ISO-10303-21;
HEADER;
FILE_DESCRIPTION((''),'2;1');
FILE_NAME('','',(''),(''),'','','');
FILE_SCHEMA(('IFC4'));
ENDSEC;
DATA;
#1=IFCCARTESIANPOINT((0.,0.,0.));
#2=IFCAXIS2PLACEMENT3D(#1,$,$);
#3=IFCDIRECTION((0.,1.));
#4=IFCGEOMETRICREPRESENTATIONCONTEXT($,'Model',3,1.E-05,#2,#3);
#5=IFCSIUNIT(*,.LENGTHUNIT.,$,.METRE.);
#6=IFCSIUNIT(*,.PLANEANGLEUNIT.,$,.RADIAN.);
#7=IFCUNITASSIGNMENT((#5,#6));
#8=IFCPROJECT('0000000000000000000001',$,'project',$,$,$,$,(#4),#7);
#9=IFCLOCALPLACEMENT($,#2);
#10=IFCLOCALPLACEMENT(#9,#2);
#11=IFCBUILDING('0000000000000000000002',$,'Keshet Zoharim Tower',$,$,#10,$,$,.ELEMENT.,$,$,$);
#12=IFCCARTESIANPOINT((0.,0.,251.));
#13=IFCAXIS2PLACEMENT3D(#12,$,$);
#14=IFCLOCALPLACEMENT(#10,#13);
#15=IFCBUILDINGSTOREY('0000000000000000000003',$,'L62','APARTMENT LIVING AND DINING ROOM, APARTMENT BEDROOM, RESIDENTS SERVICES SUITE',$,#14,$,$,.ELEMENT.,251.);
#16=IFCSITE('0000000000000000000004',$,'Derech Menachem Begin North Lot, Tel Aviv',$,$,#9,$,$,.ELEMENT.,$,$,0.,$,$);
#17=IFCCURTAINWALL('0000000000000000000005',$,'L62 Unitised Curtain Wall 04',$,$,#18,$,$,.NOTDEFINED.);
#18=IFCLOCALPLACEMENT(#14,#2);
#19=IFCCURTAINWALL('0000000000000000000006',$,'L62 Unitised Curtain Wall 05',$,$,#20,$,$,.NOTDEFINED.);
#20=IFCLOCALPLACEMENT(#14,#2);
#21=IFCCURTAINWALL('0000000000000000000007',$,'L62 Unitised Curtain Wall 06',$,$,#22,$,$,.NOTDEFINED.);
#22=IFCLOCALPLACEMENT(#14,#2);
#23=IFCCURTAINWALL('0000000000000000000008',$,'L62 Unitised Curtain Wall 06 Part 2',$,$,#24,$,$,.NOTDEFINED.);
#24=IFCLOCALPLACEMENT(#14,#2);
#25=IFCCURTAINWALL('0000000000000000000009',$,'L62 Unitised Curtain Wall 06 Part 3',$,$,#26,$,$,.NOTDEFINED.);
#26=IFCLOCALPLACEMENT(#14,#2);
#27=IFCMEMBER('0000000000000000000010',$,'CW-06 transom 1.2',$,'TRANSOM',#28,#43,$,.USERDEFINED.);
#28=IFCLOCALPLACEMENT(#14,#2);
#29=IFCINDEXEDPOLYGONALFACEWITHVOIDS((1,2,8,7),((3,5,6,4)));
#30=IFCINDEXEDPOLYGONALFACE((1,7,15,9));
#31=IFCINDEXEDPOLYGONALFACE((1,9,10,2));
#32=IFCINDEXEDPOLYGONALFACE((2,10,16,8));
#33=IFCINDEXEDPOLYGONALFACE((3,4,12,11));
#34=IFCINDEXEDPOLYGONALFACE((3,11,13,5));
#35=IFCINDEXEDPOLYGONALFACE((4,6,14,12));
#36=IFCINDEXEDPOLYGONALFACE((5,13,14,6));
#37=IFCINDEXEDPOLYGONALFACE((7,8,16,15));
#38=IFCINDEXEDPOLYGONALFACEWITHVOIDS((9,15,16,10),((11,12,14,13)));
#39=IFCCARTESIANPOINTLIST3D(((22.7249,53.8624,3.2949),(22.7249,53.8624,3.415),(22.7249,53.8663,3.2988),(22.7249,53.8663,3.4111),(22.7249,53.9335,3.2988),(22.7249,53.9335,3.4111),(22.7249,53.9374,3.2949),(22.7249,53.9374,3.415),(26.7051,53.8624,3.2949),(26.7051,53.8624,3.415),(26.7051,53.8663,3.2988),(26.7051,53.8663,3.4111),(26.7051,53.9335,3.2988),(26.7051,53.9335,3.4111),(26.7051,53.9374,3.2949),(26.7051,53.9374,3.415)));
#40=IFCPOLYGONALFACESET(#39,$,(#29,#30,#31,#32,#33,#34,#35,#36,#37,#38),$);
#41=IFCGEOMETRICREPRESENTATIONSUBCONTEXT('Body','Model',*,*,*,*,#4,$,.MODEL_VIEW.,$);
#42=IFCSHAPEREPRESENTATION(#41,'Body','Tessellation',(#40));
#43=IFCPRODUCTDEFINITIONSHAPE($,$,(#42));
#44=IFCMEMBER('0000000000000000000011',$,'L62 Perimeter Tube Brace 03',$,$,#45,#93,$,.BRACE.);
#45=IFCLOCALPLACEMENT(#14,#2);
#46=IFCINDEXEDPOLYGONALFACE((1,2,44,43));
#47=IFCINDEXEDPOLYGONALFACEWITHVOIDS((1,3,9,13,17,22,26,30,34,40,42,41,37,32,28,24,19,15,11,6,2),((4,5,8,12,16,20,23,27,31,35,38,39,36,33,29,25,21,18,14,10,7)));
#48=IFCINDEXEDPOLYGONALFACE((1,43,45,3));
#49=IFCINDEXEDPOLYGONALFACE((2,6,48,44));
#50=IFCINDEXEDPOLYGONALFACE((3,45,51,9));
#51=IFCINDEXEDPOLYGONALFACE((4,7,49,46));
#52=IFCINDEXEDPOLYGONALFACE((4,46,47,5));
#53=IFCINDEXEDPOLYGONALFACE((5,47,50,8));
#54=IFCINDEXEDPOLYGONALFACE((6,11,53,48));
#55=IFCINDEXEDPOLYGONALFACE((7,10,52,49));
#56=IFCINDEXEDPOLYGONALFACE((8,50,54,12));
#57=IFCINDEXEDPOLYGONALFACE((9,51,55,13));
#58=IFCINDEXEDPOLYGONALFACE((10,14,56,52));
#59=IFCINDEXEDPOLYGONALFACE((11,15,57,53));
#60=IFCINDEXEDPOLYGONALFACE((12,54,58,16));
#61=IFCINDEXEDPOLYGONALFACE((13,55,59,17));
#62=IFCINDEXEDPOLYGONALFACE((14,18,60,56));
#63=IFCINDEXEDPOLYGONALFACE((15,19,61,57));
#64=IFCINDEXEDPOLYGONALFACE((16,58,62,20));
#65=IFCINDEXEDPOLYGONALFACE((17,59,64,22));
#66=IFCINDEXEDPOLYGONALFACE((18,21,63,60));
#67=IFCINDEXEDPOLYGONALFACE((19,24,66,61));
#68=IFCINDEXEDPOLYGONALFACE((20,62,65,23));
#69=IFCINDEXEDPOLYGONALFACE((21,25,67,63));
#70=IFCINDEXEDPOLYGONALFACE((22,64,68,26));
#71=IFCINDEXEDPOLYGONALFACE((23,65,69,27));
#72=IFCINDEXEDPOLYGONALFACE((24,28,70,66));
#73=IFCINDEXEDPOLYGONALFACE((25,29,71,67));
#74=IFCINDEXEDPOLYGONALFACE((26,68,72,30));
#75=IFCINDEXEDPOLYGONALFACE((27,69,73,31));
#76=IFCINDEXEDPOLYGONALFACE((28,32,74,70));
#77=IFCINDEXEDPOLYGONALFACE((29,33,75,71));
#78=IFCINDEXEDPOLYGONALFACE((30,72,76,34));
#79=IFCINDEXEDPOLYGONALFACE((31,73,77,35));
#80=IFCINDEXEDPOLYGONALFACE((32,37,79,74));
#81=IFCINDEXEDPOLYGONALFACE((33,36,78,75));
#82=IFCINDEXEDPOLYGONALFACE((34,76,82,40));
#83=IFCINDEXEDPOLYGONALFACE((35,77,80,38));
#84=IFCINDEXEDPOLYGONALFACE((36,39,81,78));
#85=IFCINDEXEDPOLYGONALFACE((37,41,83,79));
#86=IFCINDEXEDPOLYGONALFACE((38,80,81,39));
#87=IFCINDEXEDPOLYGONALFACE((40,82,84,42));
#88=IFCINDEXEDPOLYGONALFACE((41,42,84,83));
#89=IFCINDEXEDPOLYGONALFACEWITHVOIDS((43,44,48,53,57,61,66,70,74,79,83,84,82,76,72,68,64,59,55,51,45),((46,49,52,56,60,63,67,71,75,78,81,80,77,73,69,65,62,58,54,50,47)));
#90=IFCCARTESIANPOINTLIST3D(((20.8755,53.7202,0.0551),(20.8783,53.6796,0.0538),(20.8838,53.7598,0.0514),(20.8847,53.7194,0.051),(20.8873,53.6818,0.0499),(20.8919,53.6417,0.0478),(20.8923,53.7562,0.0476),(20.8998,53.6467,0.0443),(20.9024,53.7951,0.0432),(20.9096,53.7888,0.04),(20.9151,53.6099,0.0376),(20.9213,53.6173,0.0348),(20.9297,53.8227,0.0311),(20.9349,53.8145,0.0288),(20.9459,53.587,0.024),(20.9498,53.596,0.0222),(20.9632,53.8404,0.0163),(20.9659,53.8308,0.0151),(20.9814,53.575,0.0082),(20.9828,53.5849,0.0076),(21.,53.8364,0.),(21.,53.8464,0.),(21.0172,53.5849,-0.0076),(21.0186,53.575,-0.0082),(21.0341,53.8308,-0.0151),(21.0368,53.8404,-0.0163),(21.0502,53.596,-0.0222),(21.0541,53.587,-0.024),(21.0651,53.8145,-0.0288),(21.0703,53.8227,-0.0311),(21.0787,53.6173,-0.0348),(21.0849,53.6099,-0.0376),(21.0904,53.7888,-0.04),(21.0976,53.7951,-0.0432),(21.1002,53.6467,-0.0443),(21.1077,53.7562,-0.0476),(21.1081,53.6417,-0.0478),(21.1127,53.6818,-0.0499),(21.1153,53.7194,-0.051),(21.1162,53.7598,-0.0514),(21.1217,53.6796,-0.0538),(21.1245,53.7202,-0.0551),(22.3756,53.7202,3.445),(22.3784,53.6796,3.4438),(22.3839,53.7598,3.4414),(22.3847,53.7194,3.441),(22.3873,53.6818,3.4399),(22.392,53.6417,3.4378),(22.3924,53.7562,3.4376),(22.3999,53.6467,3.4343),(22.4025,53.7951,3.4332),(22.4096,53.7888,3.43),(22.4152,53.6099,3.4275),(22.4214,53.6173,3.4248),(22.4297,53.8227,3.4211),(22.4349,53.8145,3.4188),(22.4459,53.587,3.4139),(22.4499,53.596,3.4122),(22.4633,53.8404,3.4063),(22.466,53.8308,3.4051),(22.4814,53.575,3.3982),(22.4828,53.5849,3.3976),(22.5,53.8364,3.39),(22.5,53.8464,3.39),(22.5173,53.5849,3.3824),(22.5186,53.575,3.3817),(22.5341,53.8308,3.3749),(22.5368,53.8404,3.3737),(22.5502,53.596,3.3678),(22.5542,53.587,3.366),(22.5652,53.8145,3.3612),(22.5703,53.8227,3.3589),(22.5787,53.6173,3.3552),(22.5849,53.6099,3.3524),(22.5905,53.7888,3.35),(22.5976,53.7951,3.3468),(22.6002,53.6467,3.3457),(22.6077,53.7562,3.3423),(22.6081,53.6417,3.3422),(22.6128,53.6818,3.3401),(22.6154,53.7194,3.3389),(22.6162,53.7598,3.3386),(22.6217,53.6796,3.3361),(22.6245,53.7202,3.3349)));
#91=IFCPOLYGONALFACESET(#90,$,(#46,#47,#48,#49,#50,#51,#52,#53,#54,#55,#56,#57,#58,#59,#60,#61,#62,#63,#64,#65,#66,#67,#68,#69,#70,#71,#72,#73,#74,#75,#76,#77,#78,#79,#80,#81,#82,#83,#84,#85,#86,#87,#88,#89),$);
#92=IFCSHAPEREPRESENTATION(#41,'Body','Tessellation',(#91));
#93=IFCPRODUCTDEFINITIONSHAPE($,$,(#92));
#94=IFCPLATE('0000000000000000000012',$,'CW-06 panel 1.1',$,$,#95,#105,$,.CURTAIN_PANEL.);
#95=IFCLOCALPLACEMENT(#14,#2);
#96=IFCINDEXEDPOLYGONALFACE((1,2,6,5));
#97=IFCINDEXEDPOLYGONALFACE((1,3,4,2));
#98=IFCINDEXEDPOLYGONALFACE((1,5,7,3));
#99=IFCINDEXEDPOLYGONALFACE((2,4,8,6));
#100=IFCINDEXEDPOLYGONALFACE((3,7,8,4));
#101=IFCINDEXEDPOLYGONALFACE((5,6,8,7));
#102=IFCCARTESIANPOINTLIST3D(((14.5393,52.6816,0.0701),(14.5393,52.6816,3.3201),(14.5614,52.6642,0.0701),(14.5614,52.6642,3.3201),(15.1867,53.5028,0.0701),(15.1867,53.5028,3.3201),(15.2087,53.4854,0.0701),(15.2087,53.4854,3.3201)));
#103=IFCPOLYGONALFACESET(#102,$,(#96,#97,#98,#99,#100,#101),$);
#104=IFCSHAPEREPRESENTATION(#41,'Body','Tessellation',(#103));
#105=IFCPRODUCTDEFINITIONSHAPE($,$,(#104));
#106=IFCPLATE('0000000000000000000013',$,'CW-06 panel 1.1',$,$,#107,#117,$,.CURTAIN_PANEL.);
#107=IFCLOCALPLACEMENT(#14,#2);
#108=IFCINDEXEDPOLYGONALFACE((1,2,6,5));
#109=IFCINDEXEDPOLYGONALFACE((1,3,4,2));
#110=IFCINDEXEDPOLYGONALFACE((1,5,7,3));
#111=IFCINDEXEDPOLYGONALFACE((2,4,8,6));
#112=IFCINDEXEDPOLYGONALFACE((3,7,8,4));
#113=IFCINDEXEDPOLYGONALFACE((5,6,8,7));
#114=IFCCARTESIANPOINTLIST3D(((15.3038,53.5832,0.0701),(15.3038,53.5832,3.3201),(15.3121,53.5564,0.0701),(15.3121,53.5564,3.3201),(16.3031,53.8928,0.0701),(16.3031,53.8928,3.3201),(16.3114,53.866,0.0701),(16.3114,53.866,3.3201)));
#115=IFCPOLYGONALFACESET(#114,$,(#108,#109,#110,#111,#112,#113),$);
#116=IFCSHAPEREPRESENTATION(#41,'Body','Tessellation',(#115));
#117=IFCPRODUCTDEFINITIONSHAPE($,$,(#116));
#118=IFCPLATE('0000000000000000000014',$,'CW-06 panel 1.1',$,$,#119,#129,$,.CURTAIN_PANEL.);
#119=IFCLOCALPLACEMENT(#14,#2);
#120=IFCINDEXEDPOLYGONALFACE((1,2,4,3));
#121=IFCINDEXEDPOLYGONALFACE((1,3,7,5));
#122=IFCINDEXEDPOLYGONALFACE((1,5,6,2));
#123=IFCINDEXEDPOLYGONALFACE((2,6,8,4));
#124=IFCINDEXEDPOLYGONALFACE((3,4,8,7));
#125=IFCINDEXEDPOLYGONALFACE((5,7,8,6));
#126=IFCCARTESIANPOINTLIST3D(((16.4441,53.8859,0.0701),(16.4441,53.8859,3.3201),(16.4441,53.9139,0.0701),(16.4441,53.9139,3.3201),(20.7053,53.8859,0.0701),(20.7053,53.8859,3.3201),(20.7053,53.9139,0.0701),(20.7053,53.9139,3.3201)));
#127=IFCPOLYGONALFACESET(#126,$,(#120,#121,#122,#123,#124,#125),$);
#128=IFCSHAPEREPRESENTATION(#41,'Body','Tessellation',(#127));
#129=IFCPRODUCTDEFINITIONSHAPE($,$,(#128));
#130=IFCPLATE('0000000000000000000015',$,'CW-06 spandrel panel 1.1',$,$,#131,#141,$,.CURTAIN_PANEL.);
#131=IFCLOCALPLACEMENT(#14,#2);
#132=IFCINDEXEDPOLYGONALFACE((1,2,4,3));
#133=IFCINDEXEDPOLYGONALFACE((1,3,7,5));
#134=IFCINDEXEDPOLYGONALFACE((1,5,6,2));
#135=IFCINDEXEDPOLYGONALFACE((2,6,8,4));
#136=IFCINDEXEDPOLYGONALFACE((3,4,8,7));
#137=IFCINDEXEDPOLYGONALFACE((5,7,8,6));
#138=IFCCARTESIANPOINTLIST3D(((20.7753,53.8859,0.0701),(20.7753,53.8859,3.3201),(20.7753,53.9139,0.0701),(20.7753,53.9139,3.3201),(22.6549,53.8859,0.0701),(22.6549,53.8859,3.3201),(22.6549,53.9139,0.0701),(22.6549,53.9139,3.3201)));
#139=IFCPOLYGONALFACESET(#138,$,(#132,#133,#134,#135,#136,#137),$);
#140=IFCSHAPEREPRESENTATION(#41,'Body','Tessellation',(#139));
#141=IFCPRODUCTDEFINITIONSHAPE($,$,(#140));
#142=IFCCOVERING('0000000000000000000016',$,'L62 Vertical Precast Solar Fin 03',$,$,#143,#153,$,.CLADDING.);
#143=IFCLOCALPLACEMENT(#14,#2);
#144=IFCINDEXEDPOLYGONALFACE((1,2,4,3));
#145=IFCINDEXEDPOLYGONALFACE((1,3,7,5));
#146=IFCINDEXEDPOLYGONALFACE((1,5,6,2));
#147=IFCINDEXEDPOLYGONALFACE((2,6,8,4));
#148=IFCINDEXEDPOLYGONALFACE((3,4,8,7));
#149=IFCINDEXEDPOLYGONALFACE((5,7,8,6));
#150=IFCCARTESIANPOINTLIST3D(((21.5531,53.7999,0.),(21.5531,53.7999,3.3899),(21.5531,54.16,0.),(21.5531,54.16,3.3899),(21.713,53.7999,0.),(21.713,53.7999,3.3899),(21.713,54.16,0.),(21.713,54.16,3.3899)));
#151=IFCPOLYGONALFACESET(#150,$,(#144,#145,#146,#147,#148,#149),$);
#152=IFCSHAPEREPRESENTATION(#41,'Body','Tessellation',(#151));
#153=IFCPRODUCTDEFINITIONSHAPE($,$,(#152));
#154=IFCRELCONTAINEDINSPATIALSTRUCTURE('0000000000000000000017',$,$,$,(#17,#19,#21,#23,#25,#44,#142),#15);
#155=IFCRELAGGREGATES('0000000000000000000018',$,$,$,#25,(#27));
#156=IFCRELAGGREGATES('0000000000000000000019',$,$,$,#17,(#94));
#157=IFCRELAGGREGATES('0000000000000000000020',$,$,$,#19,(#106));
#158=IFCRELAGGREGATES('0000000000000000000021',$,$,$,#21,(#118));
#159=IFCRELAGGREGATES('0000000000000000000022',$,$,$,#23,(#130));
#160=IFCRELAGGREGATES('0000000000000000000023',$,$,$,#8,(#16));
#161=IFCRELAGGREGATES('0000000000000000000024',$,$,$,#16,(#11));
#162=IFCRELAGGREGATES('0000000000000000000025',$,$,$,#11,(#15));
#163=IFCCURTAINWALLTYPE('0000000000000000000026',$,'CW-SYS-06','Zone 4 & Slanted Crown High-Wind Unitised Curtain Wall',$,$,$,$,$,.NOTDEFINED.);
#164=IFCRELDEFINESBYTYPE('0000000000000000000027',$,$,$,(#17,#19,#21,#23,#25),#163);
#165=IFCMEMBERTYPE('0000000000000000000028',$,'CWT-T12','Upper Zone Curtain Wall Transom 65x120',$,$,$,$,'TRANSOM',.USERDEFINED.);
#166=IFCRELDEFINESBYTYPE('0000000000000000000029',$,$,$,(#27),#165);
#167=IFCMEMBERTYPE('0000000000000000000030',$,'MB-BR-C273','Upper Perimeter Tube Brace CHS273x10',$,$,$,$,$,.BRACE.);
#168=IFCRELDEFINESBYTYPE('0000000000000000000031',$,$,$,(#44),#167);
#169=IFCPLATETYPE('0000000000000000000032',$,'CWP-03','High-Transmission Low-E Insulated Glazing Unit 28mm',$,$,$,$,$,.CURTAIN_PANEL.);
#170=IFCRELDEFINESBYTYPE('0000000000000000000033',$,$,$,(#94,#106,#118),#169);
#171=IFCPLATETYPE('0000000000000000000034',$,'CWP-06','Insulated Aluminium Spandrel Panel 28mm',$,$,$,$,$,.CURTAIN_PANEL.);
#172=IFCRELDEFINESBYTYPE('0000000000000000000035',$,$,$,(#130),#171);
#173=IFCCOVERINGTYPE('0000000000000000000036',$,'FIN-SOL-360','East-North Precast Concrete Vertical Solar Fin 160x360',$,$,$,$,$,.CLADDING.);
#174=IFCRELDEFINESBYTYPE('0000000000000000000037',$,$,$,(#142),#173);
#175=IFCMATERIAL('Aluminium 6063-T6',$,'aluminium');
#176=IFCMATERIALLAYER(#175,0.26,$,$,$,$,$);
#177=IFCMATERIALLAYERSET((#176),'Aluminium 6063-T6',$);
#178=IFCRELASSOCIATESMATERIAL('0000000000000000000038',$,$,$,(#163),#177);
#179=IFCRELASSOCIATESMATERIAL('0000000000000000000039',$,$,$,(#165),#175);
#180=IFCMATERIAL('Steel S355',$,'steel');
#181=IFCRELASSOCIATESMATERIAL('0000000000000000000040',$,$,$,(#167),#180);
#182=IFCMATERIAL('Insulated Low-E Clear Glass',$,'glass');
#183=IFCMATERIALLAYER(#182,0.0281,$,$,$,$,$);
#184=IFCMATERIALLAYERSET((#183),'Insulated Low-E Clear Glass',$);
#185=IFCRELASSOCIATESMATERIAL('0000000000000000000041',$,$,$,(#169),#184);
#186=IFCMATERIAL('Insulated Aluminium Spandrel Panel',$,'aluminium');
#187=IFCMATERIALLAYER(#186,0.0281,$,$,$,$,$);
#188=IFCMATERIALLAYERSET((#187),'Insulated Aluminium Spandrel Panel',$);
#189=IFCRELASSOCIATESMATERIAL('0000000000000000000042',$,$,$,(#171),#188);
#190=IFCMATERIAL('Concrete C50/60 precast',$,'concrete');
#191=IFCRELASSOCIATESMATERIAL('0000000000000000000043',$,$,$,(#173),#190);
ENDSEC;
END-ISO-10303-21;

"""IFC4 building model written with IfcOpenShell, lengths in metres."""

from ifc_helpers import new_model, si_unit, direction, frame, origin, origin_2d, place, context, subcontext, project, spatial, rectangle, hollow_rectangle, hollow_circle, extrude, material, layer, layer_set, material_profile, profile_set, type_object, element, aggregate, save


model = new_model("IFC4")

# Units and contexts
model_context = context("Model", 3, precision=1e-05, world=origin(), true_north=direction((0.0, 1.0)))
body_context = subcontext(model_context, "Body", "Model", "MODEL_VIEW")
ifc_project = project(units=[si_unit("LENGTHUNIT", "METRE"), si_unit("PLANEANGLEUNIT", "RADIAN")], contexts=[model_context])

# Site, building, storey
site_placement = place(None, origin())
site = spatial("IfcSite", under=ifc_project, at=site_placement, Name="Derech Menachem Begin North Lot, Tel Aviv", CompositionType="ELEMENT", RefElevation=0.0)
building_placement = place(site_placement, origin())
building = spatial("IfcBuilding", under=site, at=building_placement, Name="Keshet Zoharim Tower", CompositionType="ELEMENT")
storey_placement = place(building_placement, frame((0.0, 0.0, 251.0)))
storey = spatial("IfcBuildingStorey", under=building, at=storey_placement, Name="L62", Description="APARTMENT LIVING AND DINING ROOM, APARTMENT BEDROOM, RESIDENTS SERVICES SUITE", CompositionType="ELEMENT", Elevation=251.0)

# Shared definitions
ifc_material_1 = material(Name="Steel S355", Category="steel")

# Curtain walls
ifc_material_2 = material(Name="Aluminium 6063-T6", Category="aluminium")
ifc_layer_1 = layer(ifc_material_2, 0.26)
ifc_layer_set_1 = layer_set([ifc_layer_1], Name="Aluminium 6063-T6")
curtain_wall_type = type_object("IfcCurtainWallType", Name="CW-SYS-06", Description="Zone 4 & Slanted Crown High-Wind Unitised Curtain Wall", PredefinedType="NOTDEFINED", material=ifc_layer_set_1)
curtain_wall_1_placement = place(storey_placement, origin())
curtain_wall_1 = element("IfcCurtainWall", 1, at=curtain_wall_1_placement, inside=storey, type_object=curtain_wall_type, Name="L62 Unitised Curtain Wall 04", PredefinedType="NOTDEFINED")
curtain_wall_2_placement = place(storey_placement, origin())
curtain_wall_2 = element("IfcCurtainWall", 2, at=curtain_wall_2_placement, inside=storey, type_object=curtain_wall_type, Name="L62 Unitised Curtain Wall 05", PredefinedType="NOTDEFINED")
curtain_wall_3_placement = place(storey_placement, origin())
curtain_wall_3 = element("IfcCurtainWall", 3, at=curtain_wall_3_placement, inside=storey, type_object=curtain_wall_type, Name="L62 Unitised Curtain Wall 06", PredefinedType="NOTDEFINED")

# Curtain wall
curtain_wall_4_placement = place(storey_placement, origin())
curtain_wall_4 = element("IfcCurtainWall", 4, at=curtain_wall_4_placement, inside=storey, type_object=curtain_wall_type, Name="L62 Unitised Curtain Wall 06 Part 2", PredefinedType="NOTDEFINED")

# Shared definitions
ifc_material_profile_1 = material_profile(ifc_material_2, hollow_rectangle(XDim=0.075, YDim=0.1201, WallThickness=0.0039, at=origin_2d()), Name="TRN-75x120")
ifc_profile_set_1 = profile_set([ifc_material_profile_1], Name="Aluminium 6063-T6")
member_type_1 = type_object("IfcMemberType", Name="CWT-T12", Description="Upper Zone Curtain Wall Transom 65x120", ElementType="TRANSOM", PredefinedType="USERDEFINED", material=ifc_profile_set_1)

# Curtain wall, member
curtain_wall_5_placement = place(storey_placement, origin())
curtain_wall_5 = element("IfcCurtainWall", 5, at=curtain_wall_5_placement, inside=storey, type_object=curtain_wall_type, Name="L62 Unitised Curtain Wall 06 Part 3", PredefinedType="NOTDEFINED")
member_1_placement = place(storey_placement, frame((22.7249, 53.8999, 3.355), z_axis=(1.0, 0.0, 0.0), x_axis=(0.0, 1.0, 0.0)))
member_1 = element("IfcMember", 6, at=member_1_placement, type_object=member_type_1, Name="CW-06 transom 1.2", ObjectType="TRANSOM", PredefinedType="USERDEFINED", context=body_context, shape_type="SweptSolid", body=[
    extrude(hollow_rectangle(XDim=0.075, YDim=0.1201, WallThickness=0.0039, at=origin_2d()), origin(), (0.0, 0.0, 1.0), 3.9802),
])
aggregate(curtain_wall_5, [member_1])

# Member
ifc_material_profile_2 = material_profile(ifc_material_1, hollow_circle(Radius=0.1365, WallThickness=0.01, at=origin_2d()), Name="CHS273x10")
ifc_profile_set_2 = profile_set([ifc_material_profile_2], Name="Steel S355")
member_type_2 = type_object("IfcMemberType", Name="MB-BR-C273", Description="Upper Perimeter Tube Brace CHS273x10", PredefinedType="BRACE", material=ifc_profile_set_2)
member_2_placement = place(storey_placement, frame((21.0, 53.71, 0.0), z_axis=(0.404647, 0.0, 0.914473), x_axis=(0.0, 1.0, 0.0)))
element("IfcMember", 7, at=member_2_placement, inside=storey, type_object=member_type_2, Name="L62 Perimeter Tube Brace 03", PredefinedType="BRACE", context=body_context, shape_type="SweptSolid", body=[
    extrude(hollow_circle(Radius=0.1365, WallThickness=0.01, at=origin_2d()), origin(), (0.0, 0.0, 1.0), 3.707),
])

# Plates
ifc_material_3 = material(Name="Insulated Low-E Clear Glass", Category="glass")
ifc_layer_2 = layer(ifc_material_3, 0.0281)
ifc_layer_set_2 = layer_set([ifc_layer_2], Name="Insulated Low-E Clear Glass")
plate_type_1 = type_object("IfcPlateType", Name="CWP-03", Description="High-Transmission Low-E Insulated Glazing Unit 28mm", PredefinedType="CURTAIN_PANEL", material=ifc_layer_set_2)
plate_1_placement = place(storey_placement, frame((14.874, 53.0835, 0.0701), z_axis=(0.0, 0.0, 1.0), x_axis=(0.619125, 0.785293, 0.0)))
plate_1 = element("IfcPlate", 8, at=plate_1_placement, type_object=plate_type_1, Name="CW-06 panel 1.1", PredefinedType="CURTAIN_PANEL", context=body_context, shape_type="SweptSolid", body=[
    extrude(rectangle(XDim=1.0457, YDim=0.0281, at=origin_2d()), origin(), (0.0, 0.0, 1.0), 3.25),
])
aggregate(curtain_wall_1, [plate_1])
plate_2_placement = place(storey_placement, frame((15.8076, 53.7246, 0.0701), z_axis=(0.0, 0.0, 1.0), x_axis=(0.955212, 0.295922, 0.0)))
plate_2 = element("IfcPlate", 9, at=plate_2_placement, type_object=plate_type_1, Name="CW-06 panel 1.1", PredefinedType="CURTAIN_PANEL", context=body_context, shape_type="SweptSolid", body=[
    extrude(rectangle(XDim=1.0461, YDim=0.0281, at=origin_2d()), origin(), (0.0, 0.0, 1.0), 3.25),
])
aggregate(curtain_wall_2, [plate_2])
plate_3_placement = place(storey_placement, frame((18.5747, 53.8999, 0.0701), z_axis=(0.0, 0.0, 1.0), x_axis=(1.0, 0.0, 0.0)))
plate_3 = element("IfcPlate", 10, at=plate_3_placement, type_object=plate_type_1, Name="CW-06 panel 1.1", PredefinedType="CURTAIN_PANEL", context=body_context, shape_type="SweptSolid", body=[
    extrude(rectangle(XDim=4.2612, YDim=0.0281, at=origin_2d()), origin(), (0.0, 0.0, 1.0), 3.25),
])
aggregate(curtain_wall_3, [plate_3])
ifc_material_4 = material(Name="Insulated Aluminium Spandrel Panel", Category="aluminium")
ifc_layer_3 = layer(ifc_material_4, 0.0281)
ifc_layer_set_3 = layer_set([ifc_layer_3], Name="Insulated Aluminium Spandrel Panel")
plate_type_2 = type_object("IfcPlateType", Name="CWP-06", Description="Insulated Aluminium Spandrel Panel 28mm", PredefinedType="CURTAIN_PANEL", material=ifc_layer_set_3)
plate_4_placement = place(storey_placement, frame((21.7151, 53.8999, 0.0701), z_axis=(0.0, 0.0, 1.0), x_axis=(1.0, 0.0, 0.0)))
plate_4 = element("IfcPlate", 11, at=plate_4_placement, type_object=plate_type_2, Name="CW-06 spandrel panel 1.1", PredefinedType="CURTAIN_PANEL", context=body_context, shape_type="SweptSolid", body=[
    extrude(rectangle(XDim=1.8796, YDim=0.0281, at=origin_2d()), origin(), (0.0, 0.0, 1.0), 3.25),
])
aggregate(curtain_wall_4, [plate_4])

# Covering
ifc_material_5 = material(Name="Concrete C50/60 precast", Category="concrete")
covering_type = type_object("IfcCoveringType", Name="FIN-SOL-360", Description="East-North Precast Concrete Vertical Solar Fin 160x360", PredefinedType="CLADDING", material=ifc_material_5)
covering_placement = place(storey_placement, frame((21.6331, 53.98, 0.0), z_axis=(0.0, 0.0, 1.0), x_axis=(1.0, 0.0, 0.0)))
element("IfcCovering", 12, at=covering_placement, inside=storey, type_object=covering_type, Name="L62 Vertical Precast Solar Fin 03", PredefinedType="CLADDING", context=body_context, shape_type="SweptSolid", body=[
    extrude(rectangle(XDim=0.1599, YDim=0.3601, at=origin_2d()), origin(), (0.0, 0.0, 1.0), 3.3899),
])

save(model, "model.ifc")
